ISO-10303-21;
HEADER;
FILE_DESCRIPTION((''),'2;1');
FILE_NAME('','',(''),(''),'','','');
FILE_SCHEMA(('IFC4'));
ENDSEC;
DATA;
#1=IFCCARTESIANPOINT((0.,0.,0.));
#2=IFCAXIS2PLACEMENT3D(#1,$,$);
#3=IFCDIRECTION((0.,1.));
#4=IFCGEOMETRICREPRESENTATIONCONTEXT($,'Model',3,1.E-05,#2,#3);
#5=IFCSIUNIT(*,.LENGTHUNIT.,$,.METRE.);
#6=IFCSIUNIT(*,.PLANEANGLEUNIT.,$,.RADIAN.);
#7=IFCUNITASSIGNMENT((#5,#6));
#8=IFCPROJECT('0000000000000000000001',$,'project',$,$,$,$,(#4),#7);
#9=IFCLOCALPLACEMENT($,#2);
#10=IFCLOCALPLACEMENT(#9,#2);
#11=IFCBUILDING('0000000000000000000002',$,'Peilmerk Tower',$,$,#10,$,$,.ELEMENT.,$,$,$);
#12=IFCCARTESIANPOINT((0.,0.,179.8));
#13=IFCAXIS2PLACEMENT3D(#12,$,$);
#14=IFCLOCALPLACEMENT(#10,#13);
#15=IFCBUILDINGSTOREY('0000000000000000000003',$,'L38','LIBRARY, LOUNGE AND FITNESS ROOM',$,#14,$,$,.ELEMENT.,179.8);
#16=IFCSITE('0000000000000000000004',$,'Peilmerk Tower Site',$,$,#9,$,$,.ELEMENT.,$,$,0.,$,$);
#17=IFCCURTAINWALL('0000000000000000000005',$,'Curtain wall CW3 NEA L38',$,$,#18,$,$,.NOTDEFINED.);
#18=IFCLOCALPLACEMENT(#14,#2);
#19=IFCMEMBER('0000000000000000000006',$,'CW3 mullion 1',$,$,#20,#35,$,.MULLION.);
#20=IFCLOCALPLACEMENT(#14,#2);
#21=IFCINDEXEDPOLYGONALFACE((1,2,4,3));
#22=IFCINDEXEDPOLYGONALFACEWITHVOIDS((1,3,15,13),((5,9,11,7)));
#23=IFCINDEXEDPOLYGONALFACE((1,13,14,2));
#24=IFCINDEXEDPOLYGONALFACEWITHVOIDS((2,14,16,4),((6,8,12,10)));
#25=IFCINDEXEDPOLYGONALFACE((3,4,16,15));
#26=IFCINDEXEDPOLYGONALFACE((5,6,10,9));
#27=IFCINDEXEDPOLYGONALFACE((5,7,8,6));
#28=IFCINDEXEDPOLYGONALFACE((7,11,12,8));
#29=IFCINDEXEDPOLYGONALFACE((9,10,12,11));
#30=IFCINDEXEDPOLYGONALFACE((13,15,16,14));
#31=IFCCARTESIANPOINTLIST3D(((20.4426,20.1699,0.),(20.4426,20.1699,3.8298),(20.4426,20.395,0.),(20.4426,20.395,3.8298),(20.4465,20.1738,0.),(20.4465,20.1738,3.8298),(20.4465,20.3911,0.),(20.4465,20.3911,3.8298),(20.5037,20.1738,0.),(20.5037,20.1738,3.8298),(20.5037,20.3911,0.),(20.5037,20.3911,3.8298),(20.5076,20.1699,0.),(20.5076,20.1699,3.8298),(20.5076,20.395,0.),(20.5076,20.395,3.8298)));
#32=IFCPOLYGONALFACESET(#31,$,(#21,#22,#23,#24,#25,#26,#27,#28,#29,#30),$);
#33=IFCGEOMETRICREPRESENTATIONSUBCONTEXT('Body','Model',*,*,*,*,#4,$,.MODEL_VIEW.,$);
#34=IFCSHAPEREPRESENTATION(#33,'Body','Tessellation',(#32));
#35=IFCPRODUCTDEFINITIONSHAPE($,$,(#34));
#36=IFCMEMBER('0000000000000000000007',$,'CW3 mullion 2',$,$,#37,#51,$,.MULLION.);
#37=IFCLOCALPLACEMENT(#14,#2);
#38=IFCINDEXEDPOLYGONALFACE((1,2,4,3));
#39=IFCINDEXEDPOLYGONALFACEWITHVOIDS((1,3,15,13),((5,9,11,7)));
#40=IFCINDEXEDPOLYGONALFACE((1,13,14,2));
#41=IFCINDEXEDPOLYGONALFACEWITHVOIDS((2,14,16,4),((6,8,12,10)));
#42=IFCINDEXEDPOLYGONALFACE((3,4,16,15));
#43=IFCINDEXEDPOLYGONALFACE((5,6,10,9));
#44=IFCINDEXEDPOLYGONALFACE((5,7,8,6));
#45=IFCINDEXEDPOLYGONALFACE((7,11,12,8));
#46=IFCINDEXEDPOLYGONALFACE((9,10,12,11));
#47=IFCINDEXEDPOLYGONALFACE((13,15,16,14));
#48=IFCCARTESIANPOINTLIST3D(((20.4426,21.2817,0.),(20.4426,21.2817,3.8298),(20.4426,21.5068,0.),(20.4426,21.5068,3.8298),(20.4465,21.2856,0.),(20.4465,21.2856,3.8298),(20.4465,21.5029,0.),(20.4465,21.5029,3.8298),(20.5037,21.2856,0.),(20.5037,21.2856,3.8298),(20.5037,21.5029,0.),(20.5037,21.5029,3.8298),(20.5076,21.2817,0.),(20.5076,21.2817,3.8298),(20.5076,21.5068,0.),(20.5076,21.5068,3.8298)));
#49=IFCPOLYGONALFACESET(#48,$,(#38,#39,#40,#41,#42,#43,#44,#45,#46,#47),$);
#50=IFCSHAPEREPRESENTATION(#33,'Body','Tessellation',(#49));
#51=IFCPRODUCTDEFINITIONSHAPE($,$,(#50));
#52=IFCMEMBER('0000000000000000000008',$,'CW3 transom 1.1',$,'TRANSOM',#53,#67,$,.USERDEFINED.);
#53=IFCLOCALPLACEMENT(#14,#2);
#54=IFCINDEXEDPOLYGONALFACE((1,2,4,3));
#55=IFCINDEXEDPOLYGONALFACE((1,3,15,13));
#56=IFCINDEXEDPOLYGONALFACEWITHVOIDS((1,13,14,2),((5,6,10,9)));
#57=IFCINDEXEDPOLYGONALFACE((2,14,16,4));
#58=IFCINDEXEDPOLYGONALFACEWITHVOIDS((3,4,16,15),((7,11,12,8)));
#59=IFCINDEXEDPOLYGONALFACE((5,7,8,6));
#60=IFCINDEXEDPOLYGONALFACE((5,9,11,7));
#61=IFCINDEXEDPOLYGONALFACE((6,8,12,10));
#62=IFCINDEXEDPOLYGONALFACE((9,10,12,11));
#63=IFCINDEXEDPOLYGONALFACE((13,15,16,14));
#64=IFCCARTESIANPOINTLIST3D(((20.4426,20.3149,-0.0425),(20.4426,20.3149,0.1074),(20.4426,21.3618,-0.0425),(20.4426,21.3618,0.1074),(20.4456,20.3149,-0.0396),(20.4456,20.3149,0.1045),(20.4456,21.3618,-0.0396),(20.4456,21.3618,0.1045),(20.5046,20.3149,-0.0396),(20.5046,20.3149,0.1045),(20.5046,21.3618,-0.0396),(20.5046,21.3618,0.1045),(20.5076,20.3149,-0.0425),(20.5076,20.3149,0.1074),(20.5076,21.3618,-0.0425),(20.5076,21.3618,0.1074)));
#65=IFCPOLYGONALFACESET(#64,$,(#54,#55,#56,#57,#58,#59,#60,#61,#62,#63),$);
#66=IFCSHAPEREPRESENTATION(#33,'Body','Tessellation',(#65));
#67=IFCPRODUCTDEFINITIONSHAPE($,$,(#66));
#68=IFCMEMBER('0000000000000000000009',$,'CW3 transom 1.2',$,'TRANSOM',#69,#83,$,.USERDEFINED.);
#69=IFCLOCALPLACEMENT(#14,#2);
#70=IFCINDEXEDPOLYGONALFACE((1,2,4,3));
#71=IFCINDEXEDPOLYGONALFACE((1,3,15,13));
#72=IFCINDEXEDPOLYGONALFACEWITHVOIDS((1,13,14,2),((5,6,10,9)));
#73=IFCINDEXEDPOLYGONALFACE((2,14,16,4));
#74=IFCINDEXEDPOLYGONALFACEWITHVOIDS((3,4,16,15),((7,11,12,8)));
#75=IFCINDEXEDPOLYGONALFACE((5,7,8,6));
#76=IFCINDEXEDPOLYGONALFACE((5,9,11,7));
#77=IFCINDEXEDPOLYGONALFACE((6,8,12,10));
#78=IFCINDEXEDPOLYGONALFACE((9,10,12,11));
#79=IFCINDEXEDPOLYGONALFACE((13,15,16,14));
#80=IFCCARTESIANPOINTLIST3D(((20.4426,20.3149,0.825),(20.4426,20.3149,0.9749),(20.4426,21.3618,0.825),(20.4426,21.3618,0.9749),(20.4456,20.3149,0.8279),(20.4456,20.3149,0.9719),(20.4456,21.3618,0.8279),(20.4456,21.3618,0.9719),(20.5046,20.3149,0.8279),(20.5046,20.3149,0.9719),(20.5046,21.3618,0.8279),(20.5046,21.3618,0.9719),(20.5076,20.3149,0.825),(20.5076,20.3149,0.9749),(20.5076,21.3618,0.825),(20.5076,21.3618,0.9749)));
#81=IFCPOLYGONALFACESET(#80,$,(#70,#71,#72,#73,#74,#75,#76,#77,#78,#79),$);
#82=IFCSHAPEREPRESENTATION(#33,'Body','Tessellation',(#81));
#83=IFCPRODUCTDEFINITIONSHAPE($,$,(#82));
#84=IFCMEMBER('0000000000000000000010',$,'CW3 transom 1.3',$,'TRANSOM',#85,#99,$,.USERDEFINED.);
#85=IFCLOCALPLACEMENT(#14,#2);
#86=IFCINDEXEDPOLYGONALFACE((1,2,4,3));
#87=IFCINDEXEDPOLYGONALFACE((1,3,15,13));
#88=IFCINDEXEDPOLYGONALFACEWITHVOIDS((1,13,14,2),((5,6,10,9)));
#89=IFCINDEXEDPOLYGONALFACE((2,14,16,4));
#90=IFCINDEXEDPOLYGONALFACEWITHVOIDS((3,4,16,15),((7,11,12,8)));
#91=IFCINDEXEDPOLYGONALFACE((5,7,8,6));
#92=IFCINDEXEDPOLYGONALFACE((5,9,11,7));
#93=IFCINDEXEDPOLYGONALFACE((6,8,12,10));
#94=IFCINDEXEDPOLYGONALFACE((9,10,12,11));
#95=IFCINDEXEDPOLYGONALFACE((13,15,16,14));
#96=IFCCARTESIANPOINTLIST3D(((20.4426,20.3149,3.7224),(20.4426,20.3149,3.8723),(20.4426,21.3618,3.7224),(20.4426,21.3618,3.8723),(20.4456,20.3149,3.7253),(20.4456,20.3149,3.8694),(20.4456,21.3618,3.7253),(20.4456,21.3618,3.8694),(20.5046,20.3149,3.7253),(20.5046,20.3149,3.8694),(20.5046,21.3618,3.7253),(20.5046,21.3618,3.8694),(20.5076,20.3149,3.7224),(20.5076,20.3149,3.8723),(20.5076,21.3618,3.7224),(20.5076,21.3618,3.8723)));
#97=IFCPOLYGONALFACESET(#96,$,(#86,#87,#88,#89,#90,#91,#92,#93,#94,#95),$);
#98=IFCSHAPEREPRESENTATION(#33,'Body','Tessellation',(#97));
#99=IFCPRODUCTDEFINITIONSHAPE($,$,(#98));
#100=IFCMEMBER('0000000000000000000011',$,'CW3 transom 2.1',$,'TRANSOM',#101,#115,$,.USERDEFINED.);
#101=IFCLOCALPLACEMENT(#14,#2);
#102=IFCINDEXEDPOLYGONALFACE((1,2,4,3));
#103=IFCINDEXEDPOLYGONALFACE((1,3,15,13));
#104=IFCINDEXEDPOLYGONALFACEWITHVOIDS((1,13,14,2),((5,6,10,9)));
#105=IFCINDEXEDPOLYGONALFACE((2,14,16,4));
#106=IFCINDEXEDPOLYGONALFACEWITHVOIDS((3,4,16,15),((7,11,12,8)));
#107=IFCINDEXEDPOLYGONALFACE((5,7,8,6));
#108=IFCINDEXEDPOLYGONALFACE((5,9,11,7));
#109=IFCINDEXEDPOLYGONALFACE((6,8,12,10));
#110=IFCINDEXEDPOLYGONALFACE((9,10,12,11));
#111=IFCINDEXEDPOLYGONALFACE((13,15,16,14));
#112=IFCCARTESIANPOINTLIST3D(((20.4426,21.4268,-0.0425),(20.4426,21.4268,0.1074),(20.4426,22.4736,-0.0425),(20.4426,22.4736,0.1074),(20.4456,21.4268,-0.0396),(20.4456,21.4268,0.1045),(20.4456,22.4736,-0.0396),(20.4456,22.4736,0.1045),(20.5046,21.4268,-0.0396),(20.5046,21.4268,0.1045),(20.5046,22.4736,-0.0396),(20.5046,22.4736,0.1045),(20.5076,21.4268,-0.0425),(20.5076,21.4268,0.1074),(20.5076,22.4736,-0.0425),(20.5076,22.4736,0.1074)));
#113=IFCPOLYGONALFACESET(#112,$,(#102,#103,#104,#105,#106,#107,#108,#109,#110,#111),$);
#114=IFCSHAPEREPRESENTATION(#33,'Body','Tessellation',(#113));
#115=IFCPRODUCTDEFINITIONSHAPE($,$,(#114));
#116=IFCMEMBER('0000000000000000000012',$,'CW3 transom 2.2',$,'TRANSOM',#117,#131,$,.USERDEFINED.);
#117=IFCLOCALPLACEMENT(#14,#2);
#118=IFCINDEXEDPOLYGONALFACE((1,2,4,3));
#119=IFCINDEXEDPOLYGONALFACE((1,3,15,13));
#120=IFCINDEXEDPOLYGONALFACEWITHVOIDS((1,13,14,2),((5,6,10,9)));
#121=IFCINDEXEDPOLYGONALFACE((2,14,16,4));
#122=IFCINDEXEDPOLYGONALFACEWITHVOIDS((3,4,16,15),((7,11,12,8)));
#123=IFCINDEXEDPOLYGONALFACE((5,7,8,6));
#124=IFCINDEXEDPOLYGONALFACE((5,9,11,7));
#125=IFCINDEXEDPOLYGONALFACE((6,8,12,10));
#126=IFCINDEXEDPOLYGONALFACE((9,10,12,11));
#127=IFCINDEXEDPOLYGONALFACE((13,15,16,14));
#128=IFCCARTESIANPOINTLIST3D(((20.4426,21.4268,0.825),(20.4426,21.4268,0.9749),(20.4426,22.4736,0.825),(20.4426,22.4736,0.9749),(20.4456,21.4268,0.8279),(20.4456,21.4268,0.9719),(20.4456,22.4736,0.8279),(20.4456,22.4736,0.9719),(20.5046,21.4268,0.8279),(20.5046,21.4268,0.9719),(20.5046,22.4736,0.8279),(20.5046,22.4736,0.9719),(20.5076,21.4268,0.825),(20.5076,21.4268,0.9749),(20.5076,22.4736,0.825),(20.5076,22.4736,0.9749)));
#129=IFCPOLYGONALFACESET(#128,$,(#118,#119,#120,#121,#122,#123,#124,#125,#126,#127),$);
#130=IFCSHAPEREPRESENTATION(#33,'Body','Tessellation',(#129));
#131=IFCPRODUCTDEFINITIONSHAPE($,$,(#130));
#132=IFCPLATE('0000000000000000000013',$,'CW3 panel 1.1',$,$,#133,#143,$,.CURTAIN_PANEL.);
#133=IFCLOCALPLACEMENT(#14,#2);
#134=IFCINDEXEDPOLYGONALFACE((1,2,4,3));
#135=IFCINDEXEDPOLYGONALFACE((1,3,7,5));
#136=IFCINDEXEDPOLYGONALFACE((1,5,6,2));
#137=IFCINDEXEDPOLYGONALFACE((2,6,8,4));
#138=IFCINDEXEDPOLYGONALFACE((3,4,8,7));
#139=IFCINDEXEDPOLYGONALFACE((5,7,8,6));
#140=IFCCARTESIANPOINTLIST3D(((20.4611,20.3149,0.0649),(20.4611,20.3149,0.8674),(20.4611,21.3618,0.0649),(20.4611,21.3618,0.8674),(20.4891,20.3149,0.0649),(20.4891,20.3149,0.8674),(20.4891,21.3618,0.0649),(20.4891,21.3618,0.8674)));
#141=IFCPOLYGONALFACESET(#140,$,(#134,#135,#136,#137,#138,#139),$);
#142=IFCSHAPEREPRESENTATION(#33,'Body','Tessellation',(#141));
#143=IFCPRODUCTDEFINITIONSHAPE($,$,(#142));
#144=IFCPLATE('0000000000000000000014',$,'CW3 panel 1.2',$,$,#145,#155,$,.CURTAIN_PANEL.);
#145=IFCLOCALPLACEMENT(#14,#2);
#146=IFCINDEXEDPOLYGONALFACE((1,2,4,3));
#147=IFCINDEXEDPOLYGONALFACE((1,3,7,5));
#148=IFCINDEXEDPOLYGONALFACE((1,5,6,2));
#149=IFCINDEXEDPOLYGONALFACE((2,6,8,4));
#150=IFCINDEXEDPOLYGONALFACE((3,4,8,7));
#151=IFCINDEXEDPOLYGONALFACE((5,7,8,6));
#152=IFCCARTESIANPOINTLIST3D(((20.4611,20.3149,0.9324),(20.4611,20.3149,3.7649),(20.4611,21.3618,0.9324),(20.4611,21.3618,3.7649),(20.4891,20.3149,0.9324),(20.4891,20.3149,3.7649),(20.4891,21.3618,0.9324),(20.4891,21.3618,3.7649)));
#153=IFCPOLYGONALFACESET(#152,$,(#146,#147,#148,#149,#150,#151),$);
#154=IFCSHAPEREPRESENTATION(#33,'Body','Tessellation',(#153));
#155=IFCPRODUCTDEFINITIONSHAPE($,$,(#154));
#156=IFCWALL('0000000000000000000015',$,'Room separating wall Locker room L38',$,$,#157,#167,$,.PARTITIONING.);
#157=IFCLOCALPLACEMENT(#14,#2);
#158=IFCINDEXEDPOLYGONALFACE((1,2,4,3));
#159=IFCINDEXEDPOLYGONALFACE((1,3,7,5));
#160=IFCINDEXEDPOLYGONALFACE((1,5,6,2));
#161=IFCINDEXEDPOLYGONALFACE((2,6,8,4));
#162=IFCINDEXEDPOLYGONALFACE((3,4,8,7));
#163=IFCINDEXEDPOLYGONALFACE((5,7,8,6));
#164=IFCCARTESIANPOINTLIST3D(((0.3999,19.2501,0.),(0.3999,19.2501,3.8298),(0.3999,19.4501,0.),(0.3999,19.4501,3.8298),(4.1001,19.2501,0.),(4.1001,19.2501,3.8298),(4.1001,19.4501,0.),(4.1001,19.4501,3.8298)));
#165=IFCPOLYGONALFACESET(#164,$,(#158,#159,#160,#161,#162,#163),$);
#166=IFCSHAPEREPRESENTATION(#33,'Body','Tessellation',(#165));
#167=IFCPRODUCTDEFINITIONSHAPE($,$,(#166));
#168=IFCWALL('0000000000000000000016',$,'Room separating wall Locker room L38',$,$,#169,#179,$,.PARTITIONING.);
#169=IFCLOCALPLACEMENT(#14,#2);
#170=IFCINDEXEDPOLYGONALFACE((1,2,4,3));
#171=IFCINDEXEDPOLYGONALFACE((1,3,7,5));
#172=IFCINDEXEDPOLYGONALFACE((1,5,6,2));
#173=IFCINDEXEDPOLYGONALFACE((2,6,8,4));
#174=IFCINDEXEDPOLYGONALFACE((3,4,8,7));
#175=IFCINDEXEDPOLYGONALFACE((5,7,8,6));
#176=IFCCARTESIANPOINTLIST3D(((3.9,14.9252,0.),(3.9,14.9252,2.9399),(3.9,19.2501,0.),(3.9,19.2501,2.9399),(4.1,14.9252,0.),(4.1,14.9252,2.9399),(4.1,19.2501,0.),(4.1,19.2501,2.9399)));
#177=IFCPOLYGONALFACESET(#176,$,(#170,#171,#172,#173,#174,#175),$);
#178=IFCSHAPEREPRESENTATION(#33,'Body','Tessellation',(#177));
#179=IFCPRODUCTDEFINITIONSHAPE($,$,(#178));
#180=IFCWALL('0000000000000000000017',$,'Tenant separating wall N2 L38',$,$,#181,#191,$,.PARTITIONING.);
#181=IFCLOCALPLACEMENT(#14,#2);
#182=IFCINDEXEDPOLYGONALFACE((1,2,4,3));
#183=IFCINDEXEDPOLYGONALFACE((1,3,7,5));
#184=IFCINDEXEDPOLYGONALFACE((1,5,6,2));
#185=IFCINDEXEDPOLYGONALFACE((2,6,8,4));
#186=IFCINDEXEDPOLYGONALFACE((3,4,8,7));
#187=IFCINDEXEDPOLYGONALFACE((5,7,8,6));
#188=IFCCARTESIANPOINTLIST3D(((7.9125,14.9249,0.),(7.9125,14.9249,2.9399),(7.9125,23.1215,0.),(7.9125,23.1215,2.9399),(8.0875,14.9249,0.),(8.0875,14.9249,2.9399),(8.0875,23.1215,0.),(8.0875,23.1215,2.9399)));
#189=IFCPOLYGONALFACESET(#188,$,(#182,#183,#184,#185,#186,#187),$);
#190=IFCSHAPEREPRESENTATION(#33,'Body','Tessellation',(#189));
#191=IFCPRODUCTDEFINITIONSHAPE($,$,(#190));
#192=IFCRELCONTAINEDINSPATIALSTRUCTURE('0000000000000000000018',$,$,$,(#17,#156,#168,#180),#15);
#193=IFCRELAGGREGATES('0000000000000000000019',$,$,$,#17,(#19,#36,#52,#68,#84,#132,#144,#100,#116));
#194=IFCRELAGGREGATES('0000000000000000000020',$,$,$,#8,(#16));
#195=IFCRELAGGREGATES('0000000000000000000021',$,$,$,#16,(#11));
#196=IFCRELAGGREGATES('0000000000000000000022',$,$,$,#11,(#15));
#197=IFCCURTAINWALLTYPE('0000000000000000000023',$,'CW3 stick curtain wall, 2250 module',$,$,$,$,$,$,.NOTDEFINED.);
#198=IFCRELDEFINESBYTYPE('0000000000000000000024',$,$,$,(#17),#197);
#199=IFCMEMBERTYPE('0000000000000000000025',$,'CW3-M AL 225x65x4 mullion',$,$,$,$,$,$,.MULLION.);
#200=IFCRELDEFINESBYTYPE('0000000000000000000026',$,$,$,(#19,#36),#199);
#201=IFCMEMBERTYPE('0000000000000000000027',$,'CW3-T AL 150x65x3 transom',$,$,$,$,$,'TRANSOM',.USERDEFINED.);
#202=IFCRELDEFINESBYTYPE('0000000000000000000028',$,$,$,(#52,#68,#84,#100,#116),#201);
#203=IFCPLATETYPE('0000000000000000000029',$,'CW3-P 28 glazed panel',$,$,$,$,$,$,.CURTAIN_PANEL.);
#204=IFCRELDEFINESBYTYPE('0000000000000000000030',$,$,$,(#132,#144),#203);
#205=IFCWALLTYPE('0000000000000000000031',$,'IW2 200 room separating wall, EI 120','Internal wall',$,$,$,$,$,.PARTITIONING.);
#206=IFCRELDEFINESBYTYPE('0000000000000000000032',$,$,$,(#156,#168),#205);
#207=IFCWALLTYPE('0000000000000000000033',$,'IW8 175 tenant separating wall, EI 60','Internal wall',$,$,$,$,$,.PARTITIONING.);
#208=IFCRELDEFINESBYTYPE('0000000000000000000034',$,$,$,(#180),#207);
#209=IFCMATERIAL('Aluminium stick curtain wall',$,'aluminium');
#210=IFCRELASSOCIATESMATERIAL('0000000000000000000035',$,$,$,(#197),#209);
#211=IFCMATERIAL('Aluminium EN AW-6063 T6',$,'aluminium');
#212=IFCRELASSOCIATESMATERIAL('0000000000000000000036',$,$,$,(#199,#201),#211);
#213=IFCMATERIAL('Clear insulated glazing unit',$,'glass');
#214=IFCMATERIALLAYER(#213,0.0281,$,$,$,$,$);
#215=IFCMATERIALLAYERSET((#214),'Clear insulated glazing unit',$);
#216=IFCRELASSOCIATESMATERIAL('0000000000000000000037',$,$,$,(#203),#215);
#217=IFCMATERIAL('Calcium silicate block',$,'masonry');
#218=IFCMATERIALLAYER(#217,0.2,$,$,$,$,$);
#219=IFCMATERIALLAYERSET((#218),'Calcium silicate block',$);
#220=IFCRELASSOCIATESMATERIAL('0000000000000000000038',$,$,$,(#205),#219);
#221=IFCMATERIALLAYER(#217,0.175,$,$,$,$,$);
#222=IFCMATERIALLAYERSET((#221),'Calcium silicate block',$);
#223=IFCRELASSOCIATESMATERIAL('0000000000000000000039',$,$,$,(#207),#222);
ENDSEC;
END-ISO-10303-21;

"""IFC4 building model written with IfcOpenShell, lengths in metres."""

from ifc_helpers import new_model, si_unit, direction, frame, frame_2d, origin, origin_2d, place, context, subcontext, project, spatial, rectangle, hollow_rectangle, extrude, material, layer, layer_set, material_profile, profile_set, type_object, element, aggregate, save


model = new_model("IFC4")

# Units and contexts
model_context = context("Model", 3, precision=1e-05, world=origin(), true_north=direction((0.0, 1.0)))
body_context = subcontext(model_context, "Body", "Model", "MODEL_VIEW")
ifc_project = project(units=[si_unit("LENGTHUNIT", "METRE"), si_unit("PLANEANGLEUNIT", "RADIAN")], contexts=[model_context])

# Site, building, storey
site_placement = place(None, origin())
site = spatial("IfcSite", under=ifc_project, at=site_placement, Name="Peilmerk Tower Site", CompositionType="ELEMENT", RefElevation=0.0)
building_placement = place(site_placement, origin())
building = spatial("IfcBuilding", under=site, at=building_placement, Name="Peilmerk Tower", CompositionType="ELEMENT")
storey_placement = place(building_placement, frame((0.0, 0.0, 179.8)))
storey = spatial("IfcBuildingStorey", under=building, at=storey_placement, Name="L38", Description="LIBRARY, LOUNGE AND FITNESS ROOM", CompositionType="ELEMENT", Elevation=179.8)

# Curtain wall, members, plates
ifc_material_1 = material(Name="Aluminium stick curtain wall", Category="aluminium")
curtain_wall_type = type_object("IfcCurtainWallType", Name="CW3 stick curtain wall, 2250 module", PredefinedType="NOTDEFINED", material=ifc_material_1)
curtain_wall_placement = place(storey_placement, origin())
curtain_wall = element("IfcCurtainWall", 1, at=curtain_wall_placement, inside=storey, type_object=curtain_wall_type, Name="Curtain wall CW3 NEA L38", PredefinedType="NOTDEFINED")
ifc_material_2 = material(Name="Aluminium EN AW-6063 T6", Category="aluminium")
ifc_material_profile_1 = material_profile(ifc_material_2, hollow_rectangle(XDim=0.0649, YDim=0.2251, WallThickness=0.0039, at=origin_2d()), Name="AL 225x65x4")
ifc_profile_set_1 = profile_set([ifc_material_profile_1], Name="Aluminium EN AW-6063 T6")
member_type_1 = type_object("IfcMemberType", Name="CW3-M AL 225x65x4 mullion", PredefinedType="MULLION", material=ifc_profile_set_1)
member_1_placement = place(storey_placement, frame((20.4751, 20.2825, 0.0), z_axis=(0.0, 0.0, 1.0), x_axis=(-1.0, 0.0, 0.0)))
member_1 = element("IfcMember", 2, at=member_1_placement, type_object=member_type_1, Name="CW3 mullion 1", PredefinedType="MULLION", context=body_context, shape_type="SweptSolid", body=[
    extrude(hollow_rectangle(XDim=0.0649, YDim=0.2251, WallThickness=0.0039, at=origin_2d()), origin(), (0.0, 0.0, 1.0), 3.8298),
])
member_2_placement = place(storey_placement, frame((20.4751, 21.3943, 0.0), z_axis=(0.0, 0.0, 1.0), x_axis=(-1.0, 0.0, 0.0)))
member_2 = element("IfcMember", 3, at=member_2_placement, type_object=member_type_1, Name="CW3 mullion 2", PredefinedType="MULLION", context=body_context, shape_type="SweptSolid", body=[
    extrude(hollow_rectangle(XDim=0.0649, YDim=0.2251, WallThickness=0.0039, at=origin_2d()), origin(), (0.0, 0.0, 1.0), 3.8298),
])
ifc_material_profile_2 = material_profile(ifc_material_2, hollow_rectangle(XDim=0.0649, YDim=0.1499, WallThickness=0.0029, at=origin_2d()), Name="AL 150x65x3")
ifc_profile_set_2 = profile_set([ifc_material_profile_2], Name="Aluminium EN AW-6063 T6")
member_type_2 = type_object("IfcMemberType", Name="CW3-T AL 150x65x3 transom", ElementType="TRANSOM", PredefinedType="USERDEFINED", material=ifc_profile_set_2)
member_3_placement = place(storey_placement, frame((20.4751, 20.3149, 0.0325), z_axis=(0.0, 1.0, 0.0), x_axis=(-1.0, 0.0, 0.0)))
member_3 = element("IfcMember", 4, at=member_3_placement, type_object=member_type_2, Name="CW3 transom 1.1", ObjectType="TRANSOM", PredefinedType="USERDEFINED", context=body_context, shape_type="SweptSolid", body=[
    extrude(hollow_rectangle(XDim=0.0649, YDim=0.1499, WallThickness=0.0029, at=origin_2d()), origin(), (0.0, 0.0, 1.0), 1.0469),
])
member_4_placement = place(storey_placement, frame((20.4751, 20.3149, 0.8999), z_axis=(0.0, 1.0, 0.0), x_axis=(-1.0, 0.0, 0.0)))
member_4 = element("IfcMember", 5, at=member_4_placement, type_object=member_type_2, Name="CW3 transom 1.2", ObjectType="TRANSOM", PredefinedType="USERDEFINED", context=body_context, shape_type="SweptSolid", body=[
    extrude(hollow_rectangle(XDim=0.0649, YDim=0.1499, WallThickness=0.0029, at=origin_2d()), origin(), (0.0, 0.0, 1.0), 1.0469),
])
member_5_placement = place(storey_placement, frame((20.4751, 20.3149, 3.7974), z_axis=(0.0, 1.0, 0.0), x_axis=(-1.0, 0.0, 0.0)))
member_5 = element("IfcMember", 6, at=member_5_placement, type_object=member_type_2, Name="CW3 transom 1.3", ObjectType="TRANSOM", PredefinedType="USERDEFINED", context=body_context, shape_type="SweptSolid", body=[
    extrude(hollow_rectangle(XDim=0.0649, YDim=0.1499, WallThickness=0.0029, at=origin_2d()), origin(), (0.0, 0.0, 1.0), 1.0469),
])
member_6_placement = place(storey_placement, frame((20.4751, 21.4268, 0.0325), z_axis=(0.0, 1.0, 0.0), x_axis=(-1.0, 0.0, 0.0)))
member_6 = element("IfcMember", 7, at=member_6_placement, type_object=member_type_2, Name="CW3 transom 2.1", ObjectType="TRANSOM", PredefinedType="USERDEFINED", context=body_context, shape_type="SweptSolid", body=[
    extrude(hollow_rectangle(XDim=0.0649, YDim=0.1499, WallThickness=0.0029, at=origin_2d()), origin(), (0.0, 0.0, 1.0), 1.0469),
])
member_7_placement = place(storey_placement, frame((20.4751, 21.4268, 0.8999), z_axis=(0.0, 1.0, 0.0), x_axis=(-1.0, 0.0, 0.0)))
member_7 = element("IfcMember", 8, at=member_7_placement, type_object=member_type_2, Name="CW3 transom 2.2", ObjectType="TRANSOM", PredefinedType="USERDEFINED", context=body_context, shape_type="SweptSolid", body=[
    extrude(hollow_rectangle(XDim=0.0649, YDim=0.1499, WallThickness=0.0029, at=origin_2d()), origin(), (0.0, 0.0, 1.0), 1.0469),
])
ifc_material_3 = material(Name="Clear insulated glazing unit", Category="glass")
ifc_layer_1 = layer(ifc_material_3, 0.0281)
ifc_layer_set_1 = layer_set([ifc_layer_1], Name="Clear insulated glazing unit")
plate_type = type_object("IfcPlateType", Name="CW3-P 28 glazed panel", PredefinedType="CURTAIN_PANEL", material=ifc_layer_set_1)
plate_1_placement = place(storey_placement, frame((20.4751, 20.8384, 0.0649), z_axis=(0.0, 0.0, 1.0), x_axis=(0.0, 1.0, 0.0)))
plate_1 = element("IfcPlate", 9, at=plate_1_placement, type_object=plate_type, Name="CW3 panel 1.1", PredefinedType="CURTAIN_PANEL", context=body_context, shape_type="SweptSolid", body=[
    extrude(rectangle(XDim=1.0469, YDim=0.0281, at=origin_2d()), origin(), (0.0, 0.0, 1.0), 0.8025),
])
plate_2_placement = place(storey_placement, frame((20.4751, 20.8384, 0.9324), z_axis=(0.0, 0.0, 1.0), x_axis=(0.0, 1.0, 0.0)))
plate_2 = element("IfcPlate", 10, at=plate_2_placement, type_object=plate_type, Name="CW3 panel 1.2", PredefinedType="CURTAIN_PANEL", context=body_context, shape_type="SweptSolid", body=[
    extrude(rectangle(XDim=1.0469, YDim=0.0281, at=origin_2d()), origin(), (0.0, 0.0, 1.0), 2.8325),
])
aggregate(curtain_wall, [member_1, member_2, member_3, member_4, member_5, plate_1, plate_2, member_6, member_7])

# Walls
ifc_material_4 = material(Name="Calcium silicate block", Category="masonry")
ifc_layer_2 = layer(ifc_material_4, 0.2)
ifc_layer_set_2 = layer_set([ifc_layer_2], Name="Calcium silicate block")
wall_type_1 = type_object("IfcWallType", Name="IW2 200 room separating wall, EI 120", Description="Internal wall", PredefinedType="PARTITIONING", material=ifc_layer_set_2)
wall_1_placement = place(storey_placement, frame((0.3999, 19.3501, 0.0), z_axis=(0.0, 0.0, 1.0), x_axis=(1.0, 0.0, 0.0)))
element("IfcWall", 11, at=wall_1_placement, inside=storey, type_object=wall_type_1, Name="Room separating wall Locker room L38", PredefinedType="PARTITIONING", context=body_context, shape_type="SweptSolid", body=[
    extrude(rectangle(XDim=3.7002, YDim=0.2, at=frame_2d((1.8501, 0.0))), origin(), (0.0, 0.0, 1.0), 3.8298),
])
wall_2_placement = place(storey_placement, frame((4.0, 14.925, 0.0), z_axis=(0.0, 0.0, 1.0), x_axis=(0.0, 1.0, 0.0)))
element("IfcWall", 12, at=wall_2_placement, inside=storey, type_object=wall_type_1, Name="Room separating wall Locker room L38", PredefinedType="PARTITIONING", context=body_context, shape_type="SweptSolid", body=[
    extrude(rectangle(XDim=4.325, YDim=0.2, at=frame_2d((2.1626, 0.0))), origin(), (0.0, 0.0, 1.0), 2.9399),
])
ifc_layer_3 = layer(ifc_material_4, 0.175)
ifc_layer_set_3 = layer_set([ifc_layer_3], Name="Calcium silicate block")
wall_type_2 = type_object("IfcWallType", Name="IW8 175 tenant separating wall, EI 60", Description="Internal wall", PredefinedType="PARTITIONING", material=ifc_layer_set_3)
wall_3_placement = place(storey_placement, frame((8.0, 14.925, 0.0), z_axis=(0.0, 0.0, 1.0), x_axis=(0.0, 1.0, 0.0)))
element("IfcWall", 13, at=wall_3_placement, inside=storey, type_object=wall_type_2, Name="Tenant separating wall N2 L38", PredefinedType="PARTITIONING", context=body_context, shape_type="SweptSolid", body=[
    extrude(rectangle(XDim=8.1965, YDim=0.175, at=frame_2d((4.0981, 0.0))), origin(), (0.0, 0.0, 1.0), 2.9399),
])

save(model, "model.ifc")
